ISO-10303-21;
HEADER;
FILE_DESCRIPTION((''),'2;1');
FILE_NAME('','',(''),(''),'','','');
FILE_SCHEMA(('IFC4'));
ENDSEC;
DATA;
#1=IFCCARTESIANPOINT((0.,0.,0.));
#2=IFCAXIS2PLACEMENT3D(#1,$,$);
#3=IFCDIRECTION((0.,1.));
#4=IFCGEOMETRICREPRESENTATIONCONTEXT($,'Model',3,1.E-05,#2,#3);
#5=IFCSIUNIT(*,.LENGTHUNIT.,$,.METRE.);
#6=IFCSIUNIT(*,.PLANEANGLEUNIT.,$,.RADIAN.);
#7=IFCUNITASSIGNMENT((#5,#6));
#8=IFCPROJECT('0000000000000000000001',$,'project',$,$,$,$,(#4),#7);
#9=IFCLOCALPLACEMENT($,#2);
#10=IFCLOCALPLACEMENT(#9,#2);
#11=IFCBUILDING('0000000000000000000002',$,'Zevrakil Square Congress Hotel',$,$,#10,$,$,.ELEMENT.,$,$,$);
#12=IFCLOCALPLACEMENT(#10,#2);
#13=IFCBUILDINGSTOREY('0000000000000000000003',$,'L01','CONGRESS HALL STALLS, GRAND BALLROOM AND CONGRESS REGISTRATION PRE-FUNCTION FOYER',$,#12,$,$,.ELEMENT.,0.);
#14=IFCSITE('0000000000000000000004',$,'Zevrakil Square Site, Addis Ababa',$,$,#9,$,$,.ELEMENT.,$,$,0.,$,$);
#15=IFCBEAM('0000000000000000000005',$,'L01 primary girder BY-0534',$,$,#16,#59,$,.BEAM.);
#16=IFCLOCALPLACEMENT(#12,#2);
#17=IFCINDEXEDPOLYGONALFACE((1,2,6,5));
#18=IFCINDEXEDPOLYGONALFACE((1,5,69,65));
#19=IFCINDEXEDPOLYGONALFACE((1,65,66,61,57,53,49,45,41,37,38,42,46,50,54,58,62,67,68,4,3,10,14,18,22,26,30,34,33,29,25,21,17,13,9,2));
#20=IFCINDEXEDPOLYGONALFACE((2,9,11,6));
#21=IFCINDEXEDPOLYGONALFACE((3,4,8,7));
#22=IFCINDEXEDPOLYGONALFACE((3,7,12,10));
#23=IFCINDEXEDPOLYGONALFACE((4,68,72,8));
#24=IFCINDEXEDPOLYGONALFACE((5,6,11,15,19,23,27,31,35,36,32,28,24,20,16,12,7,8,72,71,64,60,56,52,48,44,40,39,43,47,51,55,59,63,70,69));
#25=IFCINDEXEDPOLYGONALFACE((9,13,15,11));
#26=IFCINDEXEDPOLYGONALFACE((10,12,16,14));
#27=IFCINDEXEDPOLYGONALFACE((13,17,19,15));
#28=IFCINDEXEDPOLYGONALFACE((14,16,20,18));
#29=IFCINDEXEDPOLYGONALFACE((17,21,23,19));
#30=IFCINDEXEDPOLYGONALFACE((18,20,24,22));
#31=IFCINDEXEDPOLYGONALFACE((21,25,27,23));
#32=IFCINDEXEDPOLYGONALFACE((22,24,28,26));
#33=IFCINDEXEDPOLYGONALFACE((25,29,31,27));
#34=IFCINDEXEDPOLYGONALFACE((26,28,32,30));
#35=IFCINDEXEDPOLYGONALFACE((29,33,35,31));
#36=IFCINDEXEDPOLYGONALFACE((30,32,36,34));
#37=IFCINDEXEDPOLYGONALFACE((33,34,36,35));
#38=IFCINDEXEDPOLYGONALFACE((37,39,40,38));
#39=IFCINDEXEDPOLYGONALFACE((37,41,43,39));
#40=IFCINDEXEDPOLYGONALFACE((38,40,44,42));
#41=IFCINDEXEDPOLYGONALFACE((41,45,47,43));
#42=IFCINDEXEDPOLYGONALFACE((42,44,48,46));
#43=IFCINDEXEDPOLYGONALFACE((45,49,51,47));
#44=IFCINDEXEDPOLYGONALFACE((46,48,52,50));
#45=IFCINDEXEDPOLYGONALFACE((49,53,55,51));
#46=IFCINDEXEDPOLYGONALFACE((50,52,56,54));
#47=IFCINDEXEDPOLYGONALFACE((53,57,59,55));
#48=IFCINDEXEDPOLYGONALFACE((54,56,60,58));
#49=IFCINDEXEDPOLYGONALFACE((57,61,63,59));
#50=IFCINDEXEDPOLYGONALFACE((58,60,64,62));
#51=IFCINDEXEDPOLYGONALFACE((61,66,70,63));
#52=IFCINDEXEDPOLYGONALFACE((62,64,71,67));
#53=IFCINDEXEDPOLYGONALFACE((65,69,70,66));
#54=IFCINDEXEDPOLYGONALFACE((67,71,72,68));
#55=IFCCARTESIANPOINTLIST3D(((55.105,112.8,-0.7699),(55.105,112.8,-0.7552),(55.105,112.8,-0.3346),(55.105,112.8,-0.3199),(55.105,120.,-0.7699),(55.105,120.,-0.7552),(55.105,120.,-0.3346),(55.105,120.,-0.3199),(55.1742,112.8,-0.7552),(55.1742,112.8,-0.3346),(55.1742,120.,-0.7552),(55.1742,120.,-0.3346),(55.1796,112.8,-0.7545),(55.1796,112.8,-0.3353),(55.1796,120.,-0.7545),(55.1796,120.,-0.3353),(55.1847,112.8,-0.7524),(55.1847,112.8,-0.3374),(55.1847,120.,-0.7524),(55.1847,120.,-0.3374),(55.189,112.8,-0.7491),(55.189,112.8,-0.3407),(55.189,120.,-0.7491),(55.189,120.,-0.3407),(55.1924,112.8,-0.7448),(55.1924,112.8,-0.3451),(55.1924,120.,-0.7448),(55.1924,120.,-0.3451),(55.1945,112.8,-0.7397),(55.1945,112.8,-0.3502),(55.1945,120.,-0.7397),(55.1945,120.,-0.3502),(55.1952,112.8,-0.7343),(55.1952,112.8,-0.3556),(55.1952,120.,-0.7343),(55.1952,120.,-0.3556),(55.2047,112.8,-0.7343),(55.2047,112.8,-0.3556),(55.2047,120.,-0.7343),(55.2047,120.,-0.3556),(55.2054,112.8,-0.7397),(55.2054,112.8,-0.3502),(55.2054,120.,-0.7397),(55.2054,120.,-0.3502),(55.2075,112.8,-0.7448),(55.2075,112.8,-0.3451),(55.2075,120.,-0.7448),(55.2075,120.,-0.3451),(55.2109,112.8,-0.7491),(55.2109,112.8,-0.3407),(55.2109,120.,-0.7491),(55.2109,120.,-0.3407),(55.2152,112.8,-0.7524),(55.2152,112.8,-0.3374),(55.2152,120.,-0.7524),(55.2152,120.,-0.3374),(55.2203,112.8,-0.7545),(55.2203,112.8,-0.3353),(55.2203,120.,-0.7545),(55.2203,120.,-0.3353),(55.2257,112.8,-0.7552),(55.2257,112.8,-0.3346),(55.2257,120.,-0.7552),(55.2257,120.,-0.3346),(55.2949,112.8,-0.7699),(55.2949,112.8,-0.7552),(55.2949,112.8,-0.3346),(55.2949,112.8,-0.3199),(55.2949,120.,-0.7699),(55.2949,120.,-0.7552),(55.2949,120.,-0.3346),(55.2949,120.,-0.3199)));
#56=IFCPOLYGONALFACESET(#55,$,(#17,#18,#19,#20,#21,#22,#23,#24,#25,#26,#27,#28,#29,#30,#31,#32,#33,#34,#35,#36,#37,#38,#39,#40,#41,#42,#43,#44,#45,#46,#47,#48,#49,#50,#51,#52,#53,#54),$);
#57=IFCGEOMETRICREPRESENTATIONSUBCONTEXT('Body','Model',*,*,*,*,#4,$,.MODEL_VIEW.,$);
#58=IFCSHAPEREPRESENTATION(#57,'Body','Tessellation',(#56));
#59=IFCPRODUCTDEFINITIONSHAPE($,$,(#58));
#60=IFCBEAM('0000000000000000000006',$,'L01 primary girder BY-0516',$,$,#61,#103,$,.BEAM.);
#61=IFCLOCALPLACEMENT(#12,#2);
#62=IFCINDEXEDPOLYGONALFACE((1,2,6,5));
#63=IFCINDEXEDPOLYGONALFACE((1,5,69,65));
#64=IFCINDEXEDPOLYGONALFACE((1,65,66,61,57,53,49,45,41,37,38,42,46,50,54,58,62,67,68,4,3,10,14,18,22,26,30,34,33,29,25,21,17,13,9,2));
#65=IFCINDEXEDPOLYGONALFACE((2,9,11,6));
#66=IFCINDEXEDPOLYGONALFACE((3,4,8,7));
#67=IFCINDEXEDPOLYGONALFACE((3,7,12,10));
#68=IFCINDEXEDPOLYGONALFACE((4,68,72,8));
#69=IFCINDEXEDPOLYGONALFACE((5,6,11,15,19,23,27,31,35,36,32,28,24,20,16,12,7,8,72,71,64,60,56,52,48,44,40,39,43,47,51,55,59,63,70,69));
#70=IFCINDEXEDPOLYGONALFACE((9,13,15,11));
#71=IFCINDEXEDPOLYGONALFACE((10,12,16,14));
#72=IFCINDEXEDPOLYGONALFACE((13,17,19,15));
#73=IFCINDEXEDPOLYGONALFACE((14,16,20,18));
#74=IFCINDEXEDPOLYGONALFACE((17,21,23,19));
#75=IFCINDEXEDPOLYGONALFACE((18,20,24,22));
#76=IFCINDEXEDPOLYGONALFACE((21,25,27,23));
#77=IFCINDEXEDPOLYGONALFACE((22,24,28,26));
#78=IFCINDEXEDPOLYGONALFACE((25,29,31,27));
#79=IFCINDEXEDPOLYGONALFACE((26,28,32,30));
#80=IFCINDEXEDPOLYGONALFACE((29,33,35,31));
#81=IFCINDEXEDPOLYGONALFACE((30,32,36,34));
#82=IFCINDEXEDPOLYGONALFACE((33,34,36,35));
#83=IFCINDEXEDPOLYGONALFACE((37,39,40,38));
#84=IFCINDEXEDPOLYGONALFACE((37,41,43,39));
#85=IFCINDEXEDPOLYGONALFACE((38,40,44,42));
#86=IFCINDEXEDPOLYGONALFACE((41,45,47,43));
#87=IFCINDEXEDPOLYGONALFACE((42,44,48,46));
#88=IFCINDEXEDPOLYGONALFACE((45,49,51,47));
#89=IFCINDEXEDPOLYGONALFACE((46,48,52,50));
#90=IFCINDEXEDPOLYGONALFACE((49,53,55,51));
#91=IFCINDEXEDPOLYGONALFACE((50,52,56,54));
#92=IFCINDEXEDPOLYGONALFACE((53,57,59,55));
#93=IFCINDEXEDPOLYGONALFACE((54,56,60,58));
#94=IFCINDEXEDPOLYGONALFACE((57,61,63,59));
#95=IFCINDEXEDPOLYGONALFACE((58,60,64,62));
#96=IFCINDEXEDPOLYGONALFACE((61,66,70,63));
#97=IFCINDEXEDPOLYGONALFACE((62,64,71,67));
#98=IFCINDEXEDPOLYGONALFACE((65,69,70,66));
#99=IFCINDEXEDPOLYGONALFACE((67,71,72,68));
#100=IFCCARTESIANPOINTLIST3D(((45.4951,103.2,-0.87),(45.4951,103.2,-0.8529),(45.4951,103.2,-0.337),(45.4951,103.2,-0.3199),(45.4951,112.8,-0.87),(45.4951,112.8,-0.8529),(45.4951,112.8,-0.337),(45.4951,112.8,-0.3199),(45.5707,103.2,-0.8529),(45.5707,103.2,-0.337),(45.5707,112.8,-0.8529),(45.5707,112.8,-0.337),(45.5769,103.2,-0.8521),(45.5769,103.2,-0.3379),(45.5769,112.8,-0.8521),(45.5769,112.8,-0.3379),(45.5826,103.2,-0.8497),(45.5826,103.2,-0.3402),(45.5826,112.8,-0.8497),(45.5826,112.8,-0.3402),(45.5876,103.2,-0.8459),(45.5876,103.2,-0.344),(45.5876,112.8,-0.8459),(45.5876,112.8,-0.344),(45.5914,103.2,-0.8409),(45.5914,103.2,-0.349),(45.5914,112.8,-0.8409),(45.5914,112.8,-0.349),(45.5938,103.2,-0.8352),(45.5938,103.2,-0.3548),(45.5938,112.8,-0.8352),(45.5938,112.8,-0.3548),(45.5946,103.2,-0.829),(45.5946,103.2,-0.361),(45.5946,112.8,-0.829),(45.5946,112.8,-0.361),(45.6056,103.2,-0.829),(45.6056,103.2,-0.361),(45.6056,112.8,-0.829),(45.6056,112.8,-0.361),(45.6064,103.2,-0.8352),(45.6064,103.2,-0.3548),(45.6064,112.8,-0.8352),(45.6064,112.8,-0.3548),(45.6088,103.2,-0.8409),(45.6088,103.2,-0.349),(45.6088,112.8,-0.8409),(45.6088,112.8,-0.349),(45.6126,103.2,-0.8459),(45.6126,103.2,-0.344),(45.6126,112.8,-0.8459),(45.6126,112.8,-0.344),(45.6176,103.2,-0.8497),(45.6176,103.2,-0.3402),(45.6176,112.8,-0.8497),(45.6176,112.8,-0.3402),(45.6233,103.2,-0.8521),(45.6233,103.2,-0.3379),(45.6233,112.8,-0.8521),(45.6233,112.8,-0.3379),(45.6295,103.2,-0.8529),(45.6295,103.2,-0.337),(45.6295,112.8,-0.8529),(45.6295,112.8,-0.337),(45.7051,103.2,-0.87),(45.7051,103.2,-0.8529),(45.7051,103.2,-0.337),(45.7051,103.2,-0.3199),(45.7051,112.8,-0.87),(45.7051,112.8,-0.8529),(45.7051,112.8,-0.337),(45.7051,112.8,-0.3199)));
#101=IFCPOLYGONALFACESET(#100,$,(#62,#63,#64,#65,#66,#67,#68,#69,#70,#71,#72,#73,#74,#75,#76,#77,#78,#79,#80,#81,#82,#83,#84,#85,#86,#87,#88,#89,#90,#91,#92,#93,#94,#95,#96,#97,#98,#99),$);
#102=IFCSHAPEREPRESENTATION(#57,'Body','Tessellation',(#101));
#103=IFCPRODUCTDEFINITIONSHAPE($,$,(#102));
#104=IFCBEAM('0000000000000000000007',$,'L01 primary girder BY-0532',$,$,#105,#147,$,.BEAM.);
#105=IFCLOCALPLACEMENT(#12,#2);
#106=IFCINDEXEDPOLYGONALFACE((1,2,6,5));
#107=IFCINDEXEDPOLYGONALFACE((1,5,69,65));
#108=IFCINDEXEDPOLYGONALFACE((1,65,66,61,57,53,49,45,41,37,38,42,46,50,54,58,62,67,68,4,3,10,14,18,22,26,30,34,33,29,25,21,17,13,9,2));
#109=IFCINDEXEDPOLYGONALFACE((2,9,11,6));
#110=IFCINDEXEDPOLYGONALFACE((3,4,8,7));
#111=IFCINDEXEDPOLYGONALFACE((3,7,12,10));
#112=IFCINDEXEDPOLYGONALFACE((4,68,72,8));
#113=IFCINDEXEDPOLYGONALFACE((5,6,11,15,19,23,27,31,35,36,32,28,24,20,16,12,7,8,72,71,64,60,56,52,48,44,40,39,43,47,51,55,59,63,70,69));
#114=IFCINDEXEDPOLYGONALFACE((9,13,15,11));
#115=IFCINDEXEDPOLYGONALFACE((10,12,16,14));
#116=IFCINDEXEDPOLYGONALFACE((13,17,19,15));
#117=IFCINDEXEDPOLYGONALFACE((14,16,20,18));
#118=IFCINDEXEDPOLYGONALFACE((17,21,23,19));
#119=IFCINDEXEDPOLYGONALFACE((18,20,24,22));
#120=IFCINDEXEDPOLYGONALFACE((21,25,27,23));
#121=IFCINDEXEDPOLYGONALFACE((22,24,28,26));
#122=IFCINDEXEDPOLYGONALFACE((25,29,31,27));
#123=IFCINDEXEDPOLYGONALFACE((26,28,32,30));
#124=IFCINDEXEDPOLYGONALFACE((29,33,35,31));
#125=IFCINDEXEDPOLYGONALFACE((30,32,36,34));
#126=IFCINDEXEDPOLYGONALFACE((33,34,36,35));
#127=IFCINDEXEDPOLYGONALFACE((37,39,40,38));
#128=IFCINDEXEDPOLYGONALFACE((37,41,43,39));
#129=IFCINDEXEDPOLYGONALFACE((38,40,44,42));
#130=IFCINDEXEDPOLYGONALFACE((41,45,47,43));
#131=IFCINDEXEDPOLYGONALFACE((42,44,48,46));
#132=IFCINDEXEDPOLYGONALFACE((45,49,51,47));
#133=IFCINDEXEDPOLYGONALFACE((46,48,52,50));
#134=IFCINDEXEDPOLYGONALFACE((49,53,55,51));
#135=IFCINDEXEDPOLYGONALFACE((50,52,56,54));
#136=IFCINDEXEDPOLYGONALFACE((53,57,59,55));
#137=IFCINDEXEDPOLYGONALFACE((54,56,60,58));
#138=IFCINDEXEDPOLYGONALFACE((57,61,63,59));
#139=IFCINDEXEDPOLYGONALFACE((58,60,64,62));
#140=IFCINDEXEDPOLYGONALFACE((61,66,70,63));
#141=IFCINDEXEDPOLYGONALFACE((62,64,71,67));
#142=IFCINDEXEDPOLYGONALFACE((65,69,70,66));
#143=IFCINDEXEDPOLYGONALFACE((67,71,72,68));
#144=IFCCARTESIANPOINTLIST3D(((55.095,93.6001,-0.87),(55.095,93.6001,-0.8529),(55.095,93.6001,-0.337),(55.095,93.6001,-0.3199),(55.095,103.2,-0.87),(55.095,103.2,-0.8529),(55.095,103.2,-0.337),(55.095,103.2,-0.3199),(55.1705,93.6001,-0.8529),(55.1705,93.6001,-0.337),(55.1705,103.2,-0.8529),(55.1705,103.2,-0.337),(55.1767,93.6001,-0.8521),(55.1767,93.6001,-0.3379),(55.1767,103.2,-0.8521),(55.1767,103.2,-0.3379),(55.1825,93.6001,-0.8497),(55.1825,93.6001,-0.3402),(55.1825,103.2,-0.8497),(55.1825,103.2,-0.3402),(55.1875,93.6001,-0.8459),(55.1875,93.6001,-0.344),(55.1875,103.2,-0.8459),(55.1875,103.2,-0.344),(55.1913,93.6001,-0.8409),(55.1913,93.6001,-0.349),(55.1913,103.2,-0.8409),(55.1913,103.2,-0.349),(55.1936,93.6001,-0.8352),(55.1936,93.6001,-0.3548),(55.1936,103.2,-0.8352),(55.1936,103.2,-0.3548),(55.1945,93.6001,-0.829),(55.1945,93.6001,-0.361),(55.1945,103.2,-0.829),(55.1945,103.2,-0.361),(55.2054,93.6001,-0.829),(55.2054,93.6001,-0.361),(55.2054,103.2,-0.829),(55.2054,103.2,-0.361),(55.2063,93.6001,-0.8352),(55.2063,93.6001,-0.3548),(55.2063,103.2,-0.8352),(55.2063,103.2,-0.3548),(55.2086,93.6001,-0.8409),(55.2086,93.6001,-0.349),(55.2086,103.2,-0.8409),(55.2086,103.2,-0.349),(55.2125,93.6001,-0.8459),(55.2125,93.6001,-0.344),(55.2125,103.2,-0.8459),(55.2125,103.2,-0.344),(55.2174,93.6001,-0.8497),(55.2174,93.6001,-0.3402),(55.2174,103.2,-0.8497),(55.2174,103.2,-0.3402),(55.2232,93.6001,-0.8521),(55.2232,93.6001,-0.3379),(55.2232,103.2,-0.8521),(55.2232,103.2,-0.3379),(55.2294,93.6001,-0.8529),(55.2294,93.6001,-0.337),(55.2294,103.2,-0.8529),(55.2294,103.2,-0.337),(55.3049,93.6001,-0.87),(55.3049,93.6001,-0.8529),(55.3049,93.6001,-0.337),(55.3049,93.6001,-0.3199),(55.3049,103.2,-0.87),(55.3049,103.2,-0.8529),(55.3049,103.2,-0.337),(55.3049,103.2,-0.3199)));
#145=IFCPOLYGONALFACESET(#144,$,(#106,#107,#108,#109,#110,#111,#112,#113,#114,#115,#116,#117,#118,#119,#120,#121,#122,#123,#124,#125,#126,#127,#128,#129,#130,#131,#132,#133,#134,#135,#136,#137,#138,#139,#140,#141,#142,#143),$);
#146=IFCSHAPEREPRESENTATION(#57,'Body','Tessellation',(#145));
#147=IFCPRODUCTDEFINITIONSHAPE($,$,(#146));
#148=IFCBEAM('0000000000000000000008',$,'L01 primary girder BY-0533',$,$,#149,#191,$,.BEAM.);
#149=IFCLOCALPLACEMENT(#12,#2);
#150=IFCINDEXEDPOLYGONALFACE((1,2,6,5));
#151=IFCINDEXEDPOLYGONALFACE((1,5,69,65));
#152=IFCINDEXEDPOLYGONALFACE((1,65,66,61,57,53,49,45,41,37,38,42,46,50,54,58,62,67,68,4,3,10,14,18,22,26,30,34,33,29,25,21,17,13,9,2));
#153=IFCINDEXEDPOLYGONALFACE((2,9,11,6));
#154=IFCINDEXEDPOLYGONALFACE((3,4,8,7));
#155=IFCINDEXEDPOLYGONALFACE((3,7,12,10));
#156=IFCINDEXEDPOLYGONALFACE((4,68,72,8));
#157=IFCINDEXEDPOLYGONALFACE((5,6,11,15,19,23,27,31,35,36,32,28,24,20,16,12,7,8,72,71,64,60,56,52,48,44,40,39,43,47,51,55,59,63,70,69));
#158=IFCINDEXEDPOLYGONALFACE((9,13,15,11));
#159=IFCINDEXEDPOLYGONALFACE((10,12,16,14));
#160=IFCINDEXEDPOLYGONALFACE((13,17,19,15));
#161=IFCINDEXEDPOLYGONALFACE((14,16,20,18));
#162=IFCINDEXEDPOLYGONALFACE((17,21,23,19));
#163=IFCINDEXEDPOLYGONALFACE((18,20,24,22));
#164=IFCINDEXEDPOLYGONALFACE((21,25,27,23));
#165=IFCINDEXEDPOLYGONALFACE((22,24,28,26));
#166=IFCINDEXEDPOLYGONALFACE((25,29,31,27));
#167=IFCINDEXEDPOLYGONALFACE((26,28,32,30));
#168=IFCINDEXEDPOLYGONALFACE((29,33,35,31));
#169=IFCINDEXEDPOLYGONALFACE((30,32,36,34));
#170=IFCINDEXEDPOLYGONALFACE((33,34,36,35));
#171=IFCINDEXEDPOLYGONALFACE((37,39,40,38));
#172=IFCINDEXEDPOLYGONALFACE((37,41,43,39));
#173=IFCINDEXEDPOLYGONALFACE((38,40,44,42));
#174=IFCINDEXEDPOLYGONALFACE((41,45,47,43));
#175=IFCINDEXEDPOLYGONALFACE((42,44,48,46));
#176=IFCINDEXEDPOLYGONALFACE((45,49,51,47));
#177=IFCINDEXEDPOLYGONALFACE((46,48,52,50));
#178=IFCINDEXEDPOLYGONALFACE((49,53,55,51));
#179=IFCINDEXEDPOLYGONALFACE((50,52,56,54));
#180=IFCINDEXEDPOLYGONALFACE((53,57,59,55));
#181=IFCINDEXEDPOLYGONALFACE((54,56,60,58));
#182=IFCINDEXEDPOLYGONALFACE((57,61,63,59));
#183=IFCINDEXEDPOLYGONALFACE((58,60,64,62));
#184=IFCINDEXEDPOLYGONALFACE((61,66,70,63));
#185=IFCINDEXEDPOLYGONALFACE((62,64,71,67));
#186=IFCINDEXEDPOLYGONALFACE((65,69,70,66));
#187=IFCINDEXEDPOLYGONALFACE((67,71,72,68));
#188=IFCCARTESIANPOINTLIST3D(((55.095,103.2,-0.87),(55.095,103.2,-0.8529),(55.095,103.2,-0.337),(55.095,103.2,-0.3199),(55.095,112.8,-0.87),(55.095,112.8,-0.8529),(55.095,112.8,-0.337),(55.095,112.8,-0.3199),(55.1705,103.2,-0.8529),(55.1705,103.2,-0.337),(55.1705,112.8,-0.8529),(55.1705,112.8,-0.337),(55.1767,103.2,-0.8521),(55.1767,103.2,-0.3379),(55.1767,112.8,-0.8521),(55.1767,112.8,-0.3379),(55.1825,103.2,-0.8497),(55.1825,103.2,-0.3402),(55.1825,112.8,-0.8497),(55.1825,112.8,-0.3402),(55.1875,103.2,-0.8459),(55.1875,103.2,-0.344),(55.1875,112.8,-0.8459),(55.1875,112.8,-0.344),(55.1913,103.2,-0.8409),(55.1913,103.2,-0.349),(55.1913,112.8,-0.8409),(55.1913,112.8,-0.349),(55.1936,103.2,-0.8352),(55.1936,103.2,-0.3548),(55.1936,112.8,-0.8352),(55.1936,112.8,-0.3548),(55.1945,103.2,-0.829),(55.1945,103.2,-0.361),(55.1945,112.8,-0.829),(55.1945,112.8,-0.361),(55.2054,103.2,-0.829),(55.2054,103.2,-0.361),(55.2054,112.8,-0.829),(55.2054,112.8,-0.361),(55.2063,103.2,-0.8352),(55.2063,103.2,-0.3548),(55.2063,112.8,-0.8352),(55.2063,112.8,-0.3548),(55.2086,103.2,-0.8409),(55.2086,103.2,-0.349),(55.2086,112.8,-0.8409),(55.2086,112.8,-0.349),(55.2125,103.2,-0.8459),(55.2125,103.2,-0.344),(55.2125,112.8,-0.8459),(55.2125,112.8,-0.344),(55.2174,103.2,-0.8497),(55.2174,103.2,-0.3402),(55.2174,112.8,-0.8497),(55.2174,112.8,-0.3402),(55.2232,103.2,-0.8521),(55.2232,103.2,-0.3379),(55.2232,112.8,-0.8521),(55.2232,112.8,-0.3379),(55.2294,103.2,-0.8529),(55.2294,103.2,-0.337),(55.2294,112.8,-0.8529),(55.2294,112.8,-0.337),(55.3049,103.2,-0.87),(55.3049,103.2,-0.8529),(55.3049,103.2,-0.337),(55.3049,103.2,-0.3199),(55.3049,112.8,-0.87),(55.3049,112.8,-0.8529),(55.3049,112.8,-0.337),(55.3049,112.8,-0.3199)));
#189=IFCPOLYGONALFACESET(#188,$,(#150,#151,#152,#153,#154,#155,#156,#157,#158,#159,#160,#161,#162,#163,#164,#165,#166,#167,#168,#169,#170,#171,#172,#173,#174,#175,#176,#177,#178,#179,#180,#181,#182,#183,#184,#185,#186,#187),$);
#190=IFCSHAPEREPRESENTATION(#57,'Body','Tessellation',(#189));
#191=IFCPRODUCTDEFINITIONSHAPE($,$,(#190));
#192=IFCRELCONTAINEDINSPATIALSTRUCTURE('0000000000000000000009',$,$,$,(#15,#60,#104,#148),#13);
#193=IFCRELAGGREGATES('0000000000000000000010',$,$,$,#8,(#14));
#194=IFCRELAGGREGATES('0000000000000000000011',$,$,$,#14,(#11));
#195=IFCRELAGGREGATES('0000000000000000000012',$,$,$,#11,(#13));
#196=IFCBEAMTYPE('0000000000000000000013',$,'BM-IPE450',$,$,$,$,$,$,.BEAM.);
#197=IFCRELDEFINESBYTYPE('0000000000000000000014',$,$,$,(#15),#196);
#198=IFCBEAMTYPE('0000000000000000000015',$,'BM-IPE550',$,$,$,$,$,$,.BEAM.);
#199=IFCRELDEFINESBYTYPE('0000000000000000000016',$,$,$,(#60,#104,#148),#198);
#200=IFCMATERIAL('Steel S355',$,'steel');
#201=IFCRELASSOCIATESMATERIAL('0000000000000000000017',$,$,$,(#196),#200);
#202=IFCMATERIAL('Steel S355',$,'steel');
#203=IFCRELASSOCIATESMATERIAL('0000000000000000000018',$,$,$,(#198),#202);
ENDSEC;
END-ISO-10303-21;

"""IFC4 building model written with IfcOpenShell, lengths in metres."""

from ifc_helpers import new_model, si_unit, direction, frame, origin, origin_2d, place, context, subcontext, project, spatial, i_section, extrude, material, material_profile, profile_set, type_object, element, save


model = new_model("IFC4")

# Units and contexts
model_context = context("Model", 3, precision=1e-05, world=origin(), true_north=direction((0.0, 1.0)))
body_context = subcontext(model_context, "Body", "Model", "MODEL_VIEW")
ifc_project = project(units=[si_unit("LENGTHUNIT", "METRE"), si_unit("PLANEANGLEUNIT", "RADIAN")], contexts=[model_context])

# Site, building, storey
site_placement = place(None, origin())
site = spatial("IfcSite", under=ifc_project, at=site_placement, Name="Zevrakil Square Site, Addis Ababa", CompositionType="ELEMENT", RefElevation=0.0)
building_placement = place(site_placement, origin())
building = spatial("IfcBuilding", under=site, at=building_placement, Name="Zevrakil Square Congress Hotel", CompositionType="ELEMENT")
storey_placement = place(building_placement, origin())
storey = spatial("IfcBuildingStorey", under=building, at=storey_placement, Name="L01", Description="CONGRESS HALL STALLS, GRAND BALLROOM AND CONGRESS REGISTRATION PRE-FUNCTION FOYER", CompositionType="ELEMENT", Elevation=0.0)

# Beams
ifc_material_1 = material(Name="Steel S355", Category="steel")
ifc_material_profile_1 = material_profile(ifc_material_1, i_section(OverallWidth=0.1899, OverallDepth=0.45, WebThickness=0.0095, FlangeThickness=0.0146, FilletRadius=0.021, at=origin_2d()), Name="IPE 450")
ifc_profile_set_1 = profile_set([ifc_material_profile_1], Name="Steel S355")
beam_type_1 = type_object("IfcBeamType", Name="BM-IPE450", PredefinedType="BEAM", material=ifc_profile_set_1)
for number, where, z_axis, x_axis, name in (
    (1, (55.2, 112.8, -0.5449), (0.0, 1.0, 0.0), (-1.0, 0.0, 0.0), "L01 primary girder BY-0534"),
):
    element("IfcBeam", number, at=place(storey_placement, frame(where, z_axis=z_axis, x_axis=x_axis)), inside=storey, type_object=beam_type_1, Name=name, PredefinedType="BEAM", context=body_context, shape_type="SweptSolid", body=[
        extrude(i_section(OverallWidth=0.1899, OverallDepth=0.45, WebThickness=0.0095, FlangeThickness=0.0146, FilletRadius=0.021, at=origin_2d()), origin(), (0.0, 0.0, 1.0), 7.2),
    ])
ifc_material_2 = material(Name="Steel S355", Category="steel")
ifc_material_profile_2 = material_profile(ifc_material_2, i_section(OverallWidth=0.21, OverallDepth=0.55, WebThickness=0.011, FlangeThickness=0.0171, FilletRadius=0.0239, at=origin_2d()), Name="IPE 550")
ifc_profile_set_2 = profile_set([ifc_material_profile_2], Name="Steel S355")
beam_type_2 = type_object("IfcBeamType", Name="BM-IPE550", PredefinedType="BEAM", material=ifc_profile_set_2)
beam_1_placement = place(storey_placement, frame((45.6001, 103.2, -0.595), z_axis=(0.0, 1.0, 0.0), x_axis=(-1.0, 0.0, 0.0)))
element("IfcBeam", 2, at=beam_1_placement, inside=storey, type_object=beam_type_2, Name="L01 primary girder BY-0516", PredefinedType="BEAM", context=body_context, shape_type="SweptSolid", body=[
    extrude(i_section(OverallWidth=0.21, OverallDepth=0.55, WebThickness=0.011, FlangeThickness=0.0171, FilletRadius=0.0239, at=origin_2d()), origin(), (0.0, 0.0, 1.0), 9.6001),
])
beam_2_placement = place(storey_placement, frame((55.2, 93.6001, -0.595), z_axis=(0.0, 1.0, 0.0), x_axis=(-1.0, 0.0, 0.0)))
element("IfcBeam", 3, at=beam_2_placement, inside=storey, type_object=beam_type_2, Name="L01 primary girder BY-0532", PredefinedType="BEAM", context=body_context, shape_type="SweptSolid", body=[
    extrude(i_section(OverallWidth=0.21, OverallDepth=0.55, WebThickness=0.011, FlangeThickness=0.0171, FilletRadius=0.0239, at=origin_2d()), origin(), (0.0, 0.0, 1.0), 9.5999),
])
beam_3_placement = place(storey_placement, frame((55.2, 103.2, -0.595), z_axis=(0.0, 1.0, 0.0), x_axis=(-1.0, 0.0, 0.0)))
element("IfcBeam", 4, at=beam_3_placement, inside=storey, type_object=beam_type_2, Name="L01 primary girder BY-0533", PredefinedType="BEAM", context=body_context, shape_type="SweptSolid", body=[
    extrude(i_section(OverallWidth=0.21, OverallDepth=0.55, WebThickness=0.011, FlangeThickness=0.0171, FilletRadius=0.0239, at=origin_2d()), origin(), (0.0, 0.0, 1.0), 9.6001),
])

save(model, "model.ifc")
